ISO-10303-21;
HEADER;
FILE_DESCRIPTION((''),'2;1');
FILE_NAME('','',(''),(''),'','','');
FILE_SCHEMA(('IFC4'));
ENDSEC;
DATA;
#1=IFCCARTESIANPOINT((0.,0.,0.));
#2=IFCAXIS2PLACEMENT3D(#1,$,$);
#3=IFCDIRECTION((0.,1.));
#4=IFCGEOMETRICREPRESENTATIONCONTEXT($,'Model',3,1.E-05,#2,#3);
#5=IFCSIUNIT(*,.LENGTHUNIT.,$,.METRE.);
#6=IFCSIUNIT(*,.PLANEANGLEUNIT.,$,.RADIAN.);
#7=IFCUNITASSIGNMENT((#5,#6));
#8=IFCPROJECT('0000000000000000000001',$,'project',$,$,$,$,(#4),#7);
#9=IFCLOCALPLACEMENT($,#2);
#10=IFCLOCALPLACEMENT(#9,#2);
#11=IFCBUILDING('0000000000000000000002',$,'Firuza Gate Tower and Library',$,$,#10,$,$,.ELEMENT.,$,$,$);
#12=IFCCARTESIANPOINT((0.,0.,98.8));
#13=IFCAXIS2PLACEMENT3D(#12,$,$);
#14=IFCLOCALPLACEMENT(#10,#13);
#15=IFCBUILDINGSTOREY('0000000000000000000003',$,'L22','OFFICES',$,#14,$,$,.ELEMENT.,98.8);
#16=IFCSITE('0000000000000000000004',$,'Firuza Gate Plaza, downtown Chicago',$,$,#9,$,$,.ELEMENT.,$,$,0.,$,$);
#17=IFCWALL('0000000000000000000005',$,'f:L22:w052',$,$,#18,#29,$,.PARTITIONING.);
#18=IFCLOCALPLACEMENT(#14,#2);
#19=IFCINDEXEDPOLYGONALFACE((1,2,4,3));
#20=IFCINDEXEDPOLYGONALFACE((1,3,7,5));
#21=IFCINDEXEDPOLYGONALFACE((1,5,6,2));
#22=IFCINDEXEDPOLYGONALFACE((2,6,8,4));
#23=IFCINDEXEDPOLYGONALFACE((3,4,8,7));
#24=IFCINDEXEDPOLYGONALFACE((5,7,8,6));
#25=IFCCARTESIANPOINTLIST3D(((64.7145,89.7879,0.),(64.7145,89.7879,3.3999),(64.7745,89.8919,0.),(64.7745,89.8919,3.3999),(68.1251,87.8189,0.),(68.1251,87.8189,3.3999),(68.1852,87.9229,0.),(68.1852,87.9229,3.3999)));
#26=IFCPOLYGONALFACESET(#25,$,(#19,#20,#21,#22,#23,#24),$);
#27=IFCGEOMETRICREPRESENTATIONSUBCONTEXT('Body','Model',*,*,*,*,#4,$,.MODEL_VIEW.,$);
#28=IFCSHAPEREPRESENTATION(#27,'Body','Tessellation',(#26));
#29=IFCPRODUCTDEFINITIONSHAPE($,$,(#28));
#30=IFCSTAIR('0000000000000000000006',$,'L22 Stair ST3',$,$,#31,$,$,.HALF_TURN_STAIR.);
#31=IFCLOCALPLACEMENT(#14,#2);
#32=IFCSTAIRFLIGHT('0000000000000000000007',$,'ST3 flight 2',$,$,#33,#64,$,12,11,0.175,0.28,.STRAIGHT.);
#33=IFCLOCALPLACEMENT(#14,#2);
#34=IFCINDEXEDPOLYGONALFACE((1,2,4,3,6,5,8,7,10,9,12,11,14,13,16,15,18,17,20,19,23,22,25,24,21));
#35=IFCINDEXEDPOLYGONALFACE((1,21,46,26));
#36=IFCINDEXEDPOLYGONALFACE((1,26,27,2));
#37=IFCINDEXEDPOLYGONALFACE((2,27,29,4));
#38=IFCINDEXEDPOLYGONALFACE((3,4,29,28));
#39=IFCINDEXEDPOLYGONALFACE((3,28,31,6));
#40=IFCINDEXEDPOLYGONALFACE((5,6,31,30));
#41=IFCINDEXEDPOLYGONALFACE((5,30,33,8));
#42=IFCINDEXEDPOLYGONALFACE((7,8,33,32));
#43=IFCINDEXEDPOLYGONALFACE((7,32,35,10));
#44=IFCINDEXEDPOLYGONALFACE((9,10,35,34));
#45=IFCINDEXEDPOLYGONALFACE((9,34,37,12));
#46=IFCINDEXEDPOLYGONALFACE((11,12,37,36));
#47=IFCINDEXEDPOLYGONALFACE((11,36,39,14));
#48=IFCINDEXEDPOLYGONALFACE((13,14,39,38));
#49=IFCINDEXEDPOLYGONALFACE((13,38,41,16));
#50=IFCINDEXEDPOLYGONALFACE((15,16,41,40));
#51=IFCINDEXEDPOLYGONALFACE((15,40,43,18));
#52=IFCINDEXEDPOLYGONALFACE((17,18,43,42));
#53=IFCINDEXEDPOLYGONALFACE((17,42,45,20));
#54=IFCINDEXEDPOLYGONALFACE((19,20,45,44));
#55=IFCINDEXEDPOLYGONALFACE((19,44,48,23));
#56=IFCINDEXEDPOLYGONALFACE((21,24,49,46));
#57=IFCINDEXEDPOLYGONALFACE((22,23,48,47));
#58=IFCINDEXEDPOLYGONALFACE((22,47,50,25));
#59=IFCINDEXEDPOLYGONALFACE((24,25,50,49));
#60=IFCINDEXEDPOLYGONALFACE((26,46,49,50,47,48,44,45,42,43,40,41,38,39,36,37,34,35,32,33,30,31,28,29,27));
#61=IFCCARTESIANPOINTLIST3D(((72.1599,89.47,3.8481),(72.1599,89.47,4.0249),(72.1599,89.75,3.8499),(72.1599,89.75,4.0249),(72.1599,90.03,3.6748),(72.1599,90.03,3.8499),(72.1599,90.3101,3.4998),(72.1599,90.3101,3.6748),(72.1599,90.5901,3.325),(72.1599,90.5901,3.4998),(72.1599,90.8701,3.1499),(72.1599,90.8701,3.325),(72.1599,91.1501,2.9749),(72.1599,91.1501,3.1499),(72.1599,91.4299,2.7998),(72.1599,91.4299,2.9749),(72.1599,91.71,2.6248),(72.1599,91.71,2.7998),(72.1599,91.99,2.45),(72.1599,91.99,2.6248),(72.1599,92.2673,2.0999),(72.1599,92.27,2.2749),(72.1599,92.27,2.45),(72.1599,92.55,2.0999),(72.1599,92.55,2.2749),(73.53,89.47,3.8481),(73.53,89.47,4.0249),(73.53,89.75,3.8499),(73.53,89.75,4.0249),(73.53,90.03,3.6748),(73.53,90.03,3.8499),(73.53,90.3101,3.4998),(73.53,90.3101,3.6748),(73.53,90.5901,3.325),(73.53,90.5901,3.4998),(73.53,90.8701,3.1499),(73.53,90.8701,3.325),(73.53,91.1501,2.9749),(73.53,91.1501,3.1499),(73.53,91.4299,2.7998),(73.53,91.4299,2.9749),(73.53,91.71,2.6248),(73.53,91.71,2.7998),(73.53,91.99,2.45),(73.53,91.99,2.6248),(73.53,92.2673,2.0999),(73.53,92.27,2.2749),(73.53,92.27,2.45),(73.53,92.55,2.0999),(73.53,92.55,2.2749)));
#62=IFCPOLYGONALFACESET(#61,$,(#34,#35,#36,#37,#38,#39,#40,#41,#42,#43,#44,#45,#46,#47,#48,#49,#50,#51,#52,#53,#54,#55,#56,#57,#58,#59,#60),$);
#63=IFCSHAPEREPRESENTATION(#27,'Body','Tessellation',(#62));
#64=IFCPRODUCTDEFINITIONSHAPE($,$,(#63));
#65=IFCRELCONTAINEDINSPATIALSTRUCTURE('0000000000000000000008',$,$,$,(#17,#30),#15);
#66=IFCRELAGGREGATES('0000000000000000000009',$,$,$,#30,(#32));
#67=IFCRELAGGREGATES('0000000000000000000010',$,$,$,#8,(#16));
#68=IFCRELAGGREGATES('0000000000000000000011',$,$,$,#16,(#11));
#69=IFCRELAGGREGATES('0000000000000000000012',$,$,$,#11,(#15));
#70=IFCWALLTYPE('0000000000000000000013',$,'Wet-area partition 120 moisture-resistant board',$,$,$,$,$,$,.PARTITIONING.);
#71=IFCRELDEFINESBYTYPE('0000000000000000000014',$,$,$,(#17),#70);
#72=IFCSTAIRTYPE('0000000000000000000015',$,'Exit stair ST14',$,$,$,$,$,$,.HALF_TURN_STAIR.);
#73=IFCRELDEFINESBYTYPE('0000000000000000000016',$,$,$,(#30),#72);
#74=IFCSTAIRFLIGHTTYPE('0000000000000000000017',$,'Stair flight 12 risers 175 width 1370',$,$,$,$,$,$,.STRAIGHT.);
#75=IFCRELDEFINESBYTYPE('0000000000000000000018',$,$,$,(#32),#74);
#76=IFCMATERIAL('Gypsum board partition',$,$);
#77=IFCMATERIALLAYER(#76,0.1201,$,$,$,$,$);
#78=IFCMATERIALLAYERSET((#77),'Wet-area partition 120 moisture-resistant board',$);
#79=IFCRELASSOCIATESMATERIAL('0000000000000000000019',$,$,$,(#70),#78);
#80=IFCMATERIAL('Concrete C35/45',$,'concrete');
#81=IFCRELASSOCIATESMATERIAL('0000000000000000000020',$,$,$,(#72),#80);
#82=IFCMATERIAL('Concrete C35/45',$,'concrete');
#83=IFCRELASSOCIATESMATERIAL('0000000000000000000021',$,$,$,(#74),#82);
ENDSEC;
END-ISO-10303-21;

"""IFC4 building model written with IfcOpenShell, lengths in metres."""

from ifc_helpers import new_model, si_unit, direction, frame, frame_2d, origin, place, context, subcontext, project, spatial, polyline, rectangle, outline, extrude, material, layer, layer_set, type_object, element, aggregate, save


model = new_model("IFC4")

# Units and contexts
model_context = context("Model", 3, precision=1e-05, world=origin(), true_north=direction((0.0, 1.0)))
body_context = subcontext(model_context, "Body", "Model", "MODEL_VIEW")
ifc_project = project(units=[si_unit("LENGTHUNIT", "METRE"), si_unit("PLANEANGLEUNIT", "RADIAN")], contexts=[model_context])

# Site, building, storey
site_placement = place(None, origin())
site = spatial("IfcSite", under=ifc_project, at=site_placement, Name="Firuza Gate Plaza, downtown Chicago", CompositionType="ELEMENT", RefElevation=0.0)
building_placement = place(site_placement, origin())
building = spatial("IfcBuilding", under=site, at=building_placement, Name="Firuza Gate Tower and Library", CompositionType="ELEMENT")
storey_placement = place(building_placement, frame((0.0, 0.0, 98.8)))
storey = spatial("IfcBuildingStorey", under=building, at=storey_placement, Name="L22", Description="OFFICES", CompositionType="ELEMENT", Elevation=98.8)

# Shared definitions
placement = place(storey_placement, origin())

# Wall
ifc_material_1 = material(Name="Gypsum board partition")
ifc_layer_1 = layer(ifc_material_1, 0.1201)
ifc_layer_set_1 = layer_set([ifc_layer_1], Name="Wet-area partition 120 moisture-resistant board")
wall_type_1 = type_object("IfcWallType", Name="Wet-area partition 120 moisture-resistant board", PredefinedType="PARTITIONING", material=ifc_layer_set_1)
wall_1_placement = place(storey_placement, frame((68.1553, 87.8708, 0.0), z_axis=(0.0, 0.0, 1.0), x_axis=(-0.866041, 0.499973, 0.0)))
element("IfcWall", 1, at=wall_1_placement, inside=storey, type_object=wall_type_1, Name="f:L22:w052", PredefinedType="PARTITIONING", context=body_context, shape_type="SweptSolid", body=[
    extrude(rectangle(XDim=3.9382, YDim=0.1201, at=frame_2d((1.9692, 0.0))), origin(), (0.0, 0.0, 1.0), 3.3999),
])

# Stair, stair flight
ifc_material_2 = material(Name="Concrete C35/45", Category="concrete")
stair_type = type_object("IfcStairType", Name="Exit stair ST14", PredefinedType="HALF_TURN_STAIR", material=ifc_material_2)
stair = element("IfcStair", 2, at=placement, inside=storey, type_object=stair_type, Name="L22 Stair ST3", PredefinedType="HALF_TURN_STAIR")
ifc_material_3 = material(Name="Concrete C35/45", Category="concrete")
stair_flight_type = type_object("IfcStairFlightType", Name="Stair flight 12 risers 175 width 1370", PredefinedType="STRAIGHT", material=ifc_material_3)
stair_flight_placement = place(storey_placement, frame((72.845, 92.55, 2.0999), z_axis=(0.0, 0.0, 1.0), x_axis=(0.0, -1.0, 0.0)))
stair_flight = element("IfcStairFlight", 3, at=stair_flight_placement, type_object=stair_flight_type, Name="ST3 flight 2", NumberOfRisers=12, NumberOfTreads=11, PredefinedType="STRAIGHT", RiserHeight=0.175, TreadLength=0.28, context=body_context, shape_type="SweptSolid", body=[
    extrude(outline(polyline([(0.0, 0.0), (0.0, 0.175), (0.28, 0.175), (0.28, 0.3501), (0.5601, 0.3501), (0.5601, 0.5249), (0.8401, 0.5249), (0.8401, 0.7), (1.1201, 0.7), (1.1201, 0.875), (1.3999, 0.875), (1.3999, 1.05), (1.6799, 1.05), (1.6799, 1.2251), (1.96, 1.2251), (1.96, 1.3999), (2.24, 1.3999), (2.24, 1.575), (2.52, 1.575), (2.52, 1.75), (2.8, 1.75), (2.8, 1.925), (3.0801, 1.925), (3.0801, 2.1001), (3.0801, 1.7483), (0.2827, 0.0), (0.0, 0.0)])), frame((0.0, 0.6851, 0.0), z_axis=(0.0, -1.0, 0.0), x_axis=(1.0, 0.0, 0.0)), (0.0, 0.0, 1.0), 1.3701),
])
aggregate(stair, [stair_flight])

save(model, "model.ifc")
